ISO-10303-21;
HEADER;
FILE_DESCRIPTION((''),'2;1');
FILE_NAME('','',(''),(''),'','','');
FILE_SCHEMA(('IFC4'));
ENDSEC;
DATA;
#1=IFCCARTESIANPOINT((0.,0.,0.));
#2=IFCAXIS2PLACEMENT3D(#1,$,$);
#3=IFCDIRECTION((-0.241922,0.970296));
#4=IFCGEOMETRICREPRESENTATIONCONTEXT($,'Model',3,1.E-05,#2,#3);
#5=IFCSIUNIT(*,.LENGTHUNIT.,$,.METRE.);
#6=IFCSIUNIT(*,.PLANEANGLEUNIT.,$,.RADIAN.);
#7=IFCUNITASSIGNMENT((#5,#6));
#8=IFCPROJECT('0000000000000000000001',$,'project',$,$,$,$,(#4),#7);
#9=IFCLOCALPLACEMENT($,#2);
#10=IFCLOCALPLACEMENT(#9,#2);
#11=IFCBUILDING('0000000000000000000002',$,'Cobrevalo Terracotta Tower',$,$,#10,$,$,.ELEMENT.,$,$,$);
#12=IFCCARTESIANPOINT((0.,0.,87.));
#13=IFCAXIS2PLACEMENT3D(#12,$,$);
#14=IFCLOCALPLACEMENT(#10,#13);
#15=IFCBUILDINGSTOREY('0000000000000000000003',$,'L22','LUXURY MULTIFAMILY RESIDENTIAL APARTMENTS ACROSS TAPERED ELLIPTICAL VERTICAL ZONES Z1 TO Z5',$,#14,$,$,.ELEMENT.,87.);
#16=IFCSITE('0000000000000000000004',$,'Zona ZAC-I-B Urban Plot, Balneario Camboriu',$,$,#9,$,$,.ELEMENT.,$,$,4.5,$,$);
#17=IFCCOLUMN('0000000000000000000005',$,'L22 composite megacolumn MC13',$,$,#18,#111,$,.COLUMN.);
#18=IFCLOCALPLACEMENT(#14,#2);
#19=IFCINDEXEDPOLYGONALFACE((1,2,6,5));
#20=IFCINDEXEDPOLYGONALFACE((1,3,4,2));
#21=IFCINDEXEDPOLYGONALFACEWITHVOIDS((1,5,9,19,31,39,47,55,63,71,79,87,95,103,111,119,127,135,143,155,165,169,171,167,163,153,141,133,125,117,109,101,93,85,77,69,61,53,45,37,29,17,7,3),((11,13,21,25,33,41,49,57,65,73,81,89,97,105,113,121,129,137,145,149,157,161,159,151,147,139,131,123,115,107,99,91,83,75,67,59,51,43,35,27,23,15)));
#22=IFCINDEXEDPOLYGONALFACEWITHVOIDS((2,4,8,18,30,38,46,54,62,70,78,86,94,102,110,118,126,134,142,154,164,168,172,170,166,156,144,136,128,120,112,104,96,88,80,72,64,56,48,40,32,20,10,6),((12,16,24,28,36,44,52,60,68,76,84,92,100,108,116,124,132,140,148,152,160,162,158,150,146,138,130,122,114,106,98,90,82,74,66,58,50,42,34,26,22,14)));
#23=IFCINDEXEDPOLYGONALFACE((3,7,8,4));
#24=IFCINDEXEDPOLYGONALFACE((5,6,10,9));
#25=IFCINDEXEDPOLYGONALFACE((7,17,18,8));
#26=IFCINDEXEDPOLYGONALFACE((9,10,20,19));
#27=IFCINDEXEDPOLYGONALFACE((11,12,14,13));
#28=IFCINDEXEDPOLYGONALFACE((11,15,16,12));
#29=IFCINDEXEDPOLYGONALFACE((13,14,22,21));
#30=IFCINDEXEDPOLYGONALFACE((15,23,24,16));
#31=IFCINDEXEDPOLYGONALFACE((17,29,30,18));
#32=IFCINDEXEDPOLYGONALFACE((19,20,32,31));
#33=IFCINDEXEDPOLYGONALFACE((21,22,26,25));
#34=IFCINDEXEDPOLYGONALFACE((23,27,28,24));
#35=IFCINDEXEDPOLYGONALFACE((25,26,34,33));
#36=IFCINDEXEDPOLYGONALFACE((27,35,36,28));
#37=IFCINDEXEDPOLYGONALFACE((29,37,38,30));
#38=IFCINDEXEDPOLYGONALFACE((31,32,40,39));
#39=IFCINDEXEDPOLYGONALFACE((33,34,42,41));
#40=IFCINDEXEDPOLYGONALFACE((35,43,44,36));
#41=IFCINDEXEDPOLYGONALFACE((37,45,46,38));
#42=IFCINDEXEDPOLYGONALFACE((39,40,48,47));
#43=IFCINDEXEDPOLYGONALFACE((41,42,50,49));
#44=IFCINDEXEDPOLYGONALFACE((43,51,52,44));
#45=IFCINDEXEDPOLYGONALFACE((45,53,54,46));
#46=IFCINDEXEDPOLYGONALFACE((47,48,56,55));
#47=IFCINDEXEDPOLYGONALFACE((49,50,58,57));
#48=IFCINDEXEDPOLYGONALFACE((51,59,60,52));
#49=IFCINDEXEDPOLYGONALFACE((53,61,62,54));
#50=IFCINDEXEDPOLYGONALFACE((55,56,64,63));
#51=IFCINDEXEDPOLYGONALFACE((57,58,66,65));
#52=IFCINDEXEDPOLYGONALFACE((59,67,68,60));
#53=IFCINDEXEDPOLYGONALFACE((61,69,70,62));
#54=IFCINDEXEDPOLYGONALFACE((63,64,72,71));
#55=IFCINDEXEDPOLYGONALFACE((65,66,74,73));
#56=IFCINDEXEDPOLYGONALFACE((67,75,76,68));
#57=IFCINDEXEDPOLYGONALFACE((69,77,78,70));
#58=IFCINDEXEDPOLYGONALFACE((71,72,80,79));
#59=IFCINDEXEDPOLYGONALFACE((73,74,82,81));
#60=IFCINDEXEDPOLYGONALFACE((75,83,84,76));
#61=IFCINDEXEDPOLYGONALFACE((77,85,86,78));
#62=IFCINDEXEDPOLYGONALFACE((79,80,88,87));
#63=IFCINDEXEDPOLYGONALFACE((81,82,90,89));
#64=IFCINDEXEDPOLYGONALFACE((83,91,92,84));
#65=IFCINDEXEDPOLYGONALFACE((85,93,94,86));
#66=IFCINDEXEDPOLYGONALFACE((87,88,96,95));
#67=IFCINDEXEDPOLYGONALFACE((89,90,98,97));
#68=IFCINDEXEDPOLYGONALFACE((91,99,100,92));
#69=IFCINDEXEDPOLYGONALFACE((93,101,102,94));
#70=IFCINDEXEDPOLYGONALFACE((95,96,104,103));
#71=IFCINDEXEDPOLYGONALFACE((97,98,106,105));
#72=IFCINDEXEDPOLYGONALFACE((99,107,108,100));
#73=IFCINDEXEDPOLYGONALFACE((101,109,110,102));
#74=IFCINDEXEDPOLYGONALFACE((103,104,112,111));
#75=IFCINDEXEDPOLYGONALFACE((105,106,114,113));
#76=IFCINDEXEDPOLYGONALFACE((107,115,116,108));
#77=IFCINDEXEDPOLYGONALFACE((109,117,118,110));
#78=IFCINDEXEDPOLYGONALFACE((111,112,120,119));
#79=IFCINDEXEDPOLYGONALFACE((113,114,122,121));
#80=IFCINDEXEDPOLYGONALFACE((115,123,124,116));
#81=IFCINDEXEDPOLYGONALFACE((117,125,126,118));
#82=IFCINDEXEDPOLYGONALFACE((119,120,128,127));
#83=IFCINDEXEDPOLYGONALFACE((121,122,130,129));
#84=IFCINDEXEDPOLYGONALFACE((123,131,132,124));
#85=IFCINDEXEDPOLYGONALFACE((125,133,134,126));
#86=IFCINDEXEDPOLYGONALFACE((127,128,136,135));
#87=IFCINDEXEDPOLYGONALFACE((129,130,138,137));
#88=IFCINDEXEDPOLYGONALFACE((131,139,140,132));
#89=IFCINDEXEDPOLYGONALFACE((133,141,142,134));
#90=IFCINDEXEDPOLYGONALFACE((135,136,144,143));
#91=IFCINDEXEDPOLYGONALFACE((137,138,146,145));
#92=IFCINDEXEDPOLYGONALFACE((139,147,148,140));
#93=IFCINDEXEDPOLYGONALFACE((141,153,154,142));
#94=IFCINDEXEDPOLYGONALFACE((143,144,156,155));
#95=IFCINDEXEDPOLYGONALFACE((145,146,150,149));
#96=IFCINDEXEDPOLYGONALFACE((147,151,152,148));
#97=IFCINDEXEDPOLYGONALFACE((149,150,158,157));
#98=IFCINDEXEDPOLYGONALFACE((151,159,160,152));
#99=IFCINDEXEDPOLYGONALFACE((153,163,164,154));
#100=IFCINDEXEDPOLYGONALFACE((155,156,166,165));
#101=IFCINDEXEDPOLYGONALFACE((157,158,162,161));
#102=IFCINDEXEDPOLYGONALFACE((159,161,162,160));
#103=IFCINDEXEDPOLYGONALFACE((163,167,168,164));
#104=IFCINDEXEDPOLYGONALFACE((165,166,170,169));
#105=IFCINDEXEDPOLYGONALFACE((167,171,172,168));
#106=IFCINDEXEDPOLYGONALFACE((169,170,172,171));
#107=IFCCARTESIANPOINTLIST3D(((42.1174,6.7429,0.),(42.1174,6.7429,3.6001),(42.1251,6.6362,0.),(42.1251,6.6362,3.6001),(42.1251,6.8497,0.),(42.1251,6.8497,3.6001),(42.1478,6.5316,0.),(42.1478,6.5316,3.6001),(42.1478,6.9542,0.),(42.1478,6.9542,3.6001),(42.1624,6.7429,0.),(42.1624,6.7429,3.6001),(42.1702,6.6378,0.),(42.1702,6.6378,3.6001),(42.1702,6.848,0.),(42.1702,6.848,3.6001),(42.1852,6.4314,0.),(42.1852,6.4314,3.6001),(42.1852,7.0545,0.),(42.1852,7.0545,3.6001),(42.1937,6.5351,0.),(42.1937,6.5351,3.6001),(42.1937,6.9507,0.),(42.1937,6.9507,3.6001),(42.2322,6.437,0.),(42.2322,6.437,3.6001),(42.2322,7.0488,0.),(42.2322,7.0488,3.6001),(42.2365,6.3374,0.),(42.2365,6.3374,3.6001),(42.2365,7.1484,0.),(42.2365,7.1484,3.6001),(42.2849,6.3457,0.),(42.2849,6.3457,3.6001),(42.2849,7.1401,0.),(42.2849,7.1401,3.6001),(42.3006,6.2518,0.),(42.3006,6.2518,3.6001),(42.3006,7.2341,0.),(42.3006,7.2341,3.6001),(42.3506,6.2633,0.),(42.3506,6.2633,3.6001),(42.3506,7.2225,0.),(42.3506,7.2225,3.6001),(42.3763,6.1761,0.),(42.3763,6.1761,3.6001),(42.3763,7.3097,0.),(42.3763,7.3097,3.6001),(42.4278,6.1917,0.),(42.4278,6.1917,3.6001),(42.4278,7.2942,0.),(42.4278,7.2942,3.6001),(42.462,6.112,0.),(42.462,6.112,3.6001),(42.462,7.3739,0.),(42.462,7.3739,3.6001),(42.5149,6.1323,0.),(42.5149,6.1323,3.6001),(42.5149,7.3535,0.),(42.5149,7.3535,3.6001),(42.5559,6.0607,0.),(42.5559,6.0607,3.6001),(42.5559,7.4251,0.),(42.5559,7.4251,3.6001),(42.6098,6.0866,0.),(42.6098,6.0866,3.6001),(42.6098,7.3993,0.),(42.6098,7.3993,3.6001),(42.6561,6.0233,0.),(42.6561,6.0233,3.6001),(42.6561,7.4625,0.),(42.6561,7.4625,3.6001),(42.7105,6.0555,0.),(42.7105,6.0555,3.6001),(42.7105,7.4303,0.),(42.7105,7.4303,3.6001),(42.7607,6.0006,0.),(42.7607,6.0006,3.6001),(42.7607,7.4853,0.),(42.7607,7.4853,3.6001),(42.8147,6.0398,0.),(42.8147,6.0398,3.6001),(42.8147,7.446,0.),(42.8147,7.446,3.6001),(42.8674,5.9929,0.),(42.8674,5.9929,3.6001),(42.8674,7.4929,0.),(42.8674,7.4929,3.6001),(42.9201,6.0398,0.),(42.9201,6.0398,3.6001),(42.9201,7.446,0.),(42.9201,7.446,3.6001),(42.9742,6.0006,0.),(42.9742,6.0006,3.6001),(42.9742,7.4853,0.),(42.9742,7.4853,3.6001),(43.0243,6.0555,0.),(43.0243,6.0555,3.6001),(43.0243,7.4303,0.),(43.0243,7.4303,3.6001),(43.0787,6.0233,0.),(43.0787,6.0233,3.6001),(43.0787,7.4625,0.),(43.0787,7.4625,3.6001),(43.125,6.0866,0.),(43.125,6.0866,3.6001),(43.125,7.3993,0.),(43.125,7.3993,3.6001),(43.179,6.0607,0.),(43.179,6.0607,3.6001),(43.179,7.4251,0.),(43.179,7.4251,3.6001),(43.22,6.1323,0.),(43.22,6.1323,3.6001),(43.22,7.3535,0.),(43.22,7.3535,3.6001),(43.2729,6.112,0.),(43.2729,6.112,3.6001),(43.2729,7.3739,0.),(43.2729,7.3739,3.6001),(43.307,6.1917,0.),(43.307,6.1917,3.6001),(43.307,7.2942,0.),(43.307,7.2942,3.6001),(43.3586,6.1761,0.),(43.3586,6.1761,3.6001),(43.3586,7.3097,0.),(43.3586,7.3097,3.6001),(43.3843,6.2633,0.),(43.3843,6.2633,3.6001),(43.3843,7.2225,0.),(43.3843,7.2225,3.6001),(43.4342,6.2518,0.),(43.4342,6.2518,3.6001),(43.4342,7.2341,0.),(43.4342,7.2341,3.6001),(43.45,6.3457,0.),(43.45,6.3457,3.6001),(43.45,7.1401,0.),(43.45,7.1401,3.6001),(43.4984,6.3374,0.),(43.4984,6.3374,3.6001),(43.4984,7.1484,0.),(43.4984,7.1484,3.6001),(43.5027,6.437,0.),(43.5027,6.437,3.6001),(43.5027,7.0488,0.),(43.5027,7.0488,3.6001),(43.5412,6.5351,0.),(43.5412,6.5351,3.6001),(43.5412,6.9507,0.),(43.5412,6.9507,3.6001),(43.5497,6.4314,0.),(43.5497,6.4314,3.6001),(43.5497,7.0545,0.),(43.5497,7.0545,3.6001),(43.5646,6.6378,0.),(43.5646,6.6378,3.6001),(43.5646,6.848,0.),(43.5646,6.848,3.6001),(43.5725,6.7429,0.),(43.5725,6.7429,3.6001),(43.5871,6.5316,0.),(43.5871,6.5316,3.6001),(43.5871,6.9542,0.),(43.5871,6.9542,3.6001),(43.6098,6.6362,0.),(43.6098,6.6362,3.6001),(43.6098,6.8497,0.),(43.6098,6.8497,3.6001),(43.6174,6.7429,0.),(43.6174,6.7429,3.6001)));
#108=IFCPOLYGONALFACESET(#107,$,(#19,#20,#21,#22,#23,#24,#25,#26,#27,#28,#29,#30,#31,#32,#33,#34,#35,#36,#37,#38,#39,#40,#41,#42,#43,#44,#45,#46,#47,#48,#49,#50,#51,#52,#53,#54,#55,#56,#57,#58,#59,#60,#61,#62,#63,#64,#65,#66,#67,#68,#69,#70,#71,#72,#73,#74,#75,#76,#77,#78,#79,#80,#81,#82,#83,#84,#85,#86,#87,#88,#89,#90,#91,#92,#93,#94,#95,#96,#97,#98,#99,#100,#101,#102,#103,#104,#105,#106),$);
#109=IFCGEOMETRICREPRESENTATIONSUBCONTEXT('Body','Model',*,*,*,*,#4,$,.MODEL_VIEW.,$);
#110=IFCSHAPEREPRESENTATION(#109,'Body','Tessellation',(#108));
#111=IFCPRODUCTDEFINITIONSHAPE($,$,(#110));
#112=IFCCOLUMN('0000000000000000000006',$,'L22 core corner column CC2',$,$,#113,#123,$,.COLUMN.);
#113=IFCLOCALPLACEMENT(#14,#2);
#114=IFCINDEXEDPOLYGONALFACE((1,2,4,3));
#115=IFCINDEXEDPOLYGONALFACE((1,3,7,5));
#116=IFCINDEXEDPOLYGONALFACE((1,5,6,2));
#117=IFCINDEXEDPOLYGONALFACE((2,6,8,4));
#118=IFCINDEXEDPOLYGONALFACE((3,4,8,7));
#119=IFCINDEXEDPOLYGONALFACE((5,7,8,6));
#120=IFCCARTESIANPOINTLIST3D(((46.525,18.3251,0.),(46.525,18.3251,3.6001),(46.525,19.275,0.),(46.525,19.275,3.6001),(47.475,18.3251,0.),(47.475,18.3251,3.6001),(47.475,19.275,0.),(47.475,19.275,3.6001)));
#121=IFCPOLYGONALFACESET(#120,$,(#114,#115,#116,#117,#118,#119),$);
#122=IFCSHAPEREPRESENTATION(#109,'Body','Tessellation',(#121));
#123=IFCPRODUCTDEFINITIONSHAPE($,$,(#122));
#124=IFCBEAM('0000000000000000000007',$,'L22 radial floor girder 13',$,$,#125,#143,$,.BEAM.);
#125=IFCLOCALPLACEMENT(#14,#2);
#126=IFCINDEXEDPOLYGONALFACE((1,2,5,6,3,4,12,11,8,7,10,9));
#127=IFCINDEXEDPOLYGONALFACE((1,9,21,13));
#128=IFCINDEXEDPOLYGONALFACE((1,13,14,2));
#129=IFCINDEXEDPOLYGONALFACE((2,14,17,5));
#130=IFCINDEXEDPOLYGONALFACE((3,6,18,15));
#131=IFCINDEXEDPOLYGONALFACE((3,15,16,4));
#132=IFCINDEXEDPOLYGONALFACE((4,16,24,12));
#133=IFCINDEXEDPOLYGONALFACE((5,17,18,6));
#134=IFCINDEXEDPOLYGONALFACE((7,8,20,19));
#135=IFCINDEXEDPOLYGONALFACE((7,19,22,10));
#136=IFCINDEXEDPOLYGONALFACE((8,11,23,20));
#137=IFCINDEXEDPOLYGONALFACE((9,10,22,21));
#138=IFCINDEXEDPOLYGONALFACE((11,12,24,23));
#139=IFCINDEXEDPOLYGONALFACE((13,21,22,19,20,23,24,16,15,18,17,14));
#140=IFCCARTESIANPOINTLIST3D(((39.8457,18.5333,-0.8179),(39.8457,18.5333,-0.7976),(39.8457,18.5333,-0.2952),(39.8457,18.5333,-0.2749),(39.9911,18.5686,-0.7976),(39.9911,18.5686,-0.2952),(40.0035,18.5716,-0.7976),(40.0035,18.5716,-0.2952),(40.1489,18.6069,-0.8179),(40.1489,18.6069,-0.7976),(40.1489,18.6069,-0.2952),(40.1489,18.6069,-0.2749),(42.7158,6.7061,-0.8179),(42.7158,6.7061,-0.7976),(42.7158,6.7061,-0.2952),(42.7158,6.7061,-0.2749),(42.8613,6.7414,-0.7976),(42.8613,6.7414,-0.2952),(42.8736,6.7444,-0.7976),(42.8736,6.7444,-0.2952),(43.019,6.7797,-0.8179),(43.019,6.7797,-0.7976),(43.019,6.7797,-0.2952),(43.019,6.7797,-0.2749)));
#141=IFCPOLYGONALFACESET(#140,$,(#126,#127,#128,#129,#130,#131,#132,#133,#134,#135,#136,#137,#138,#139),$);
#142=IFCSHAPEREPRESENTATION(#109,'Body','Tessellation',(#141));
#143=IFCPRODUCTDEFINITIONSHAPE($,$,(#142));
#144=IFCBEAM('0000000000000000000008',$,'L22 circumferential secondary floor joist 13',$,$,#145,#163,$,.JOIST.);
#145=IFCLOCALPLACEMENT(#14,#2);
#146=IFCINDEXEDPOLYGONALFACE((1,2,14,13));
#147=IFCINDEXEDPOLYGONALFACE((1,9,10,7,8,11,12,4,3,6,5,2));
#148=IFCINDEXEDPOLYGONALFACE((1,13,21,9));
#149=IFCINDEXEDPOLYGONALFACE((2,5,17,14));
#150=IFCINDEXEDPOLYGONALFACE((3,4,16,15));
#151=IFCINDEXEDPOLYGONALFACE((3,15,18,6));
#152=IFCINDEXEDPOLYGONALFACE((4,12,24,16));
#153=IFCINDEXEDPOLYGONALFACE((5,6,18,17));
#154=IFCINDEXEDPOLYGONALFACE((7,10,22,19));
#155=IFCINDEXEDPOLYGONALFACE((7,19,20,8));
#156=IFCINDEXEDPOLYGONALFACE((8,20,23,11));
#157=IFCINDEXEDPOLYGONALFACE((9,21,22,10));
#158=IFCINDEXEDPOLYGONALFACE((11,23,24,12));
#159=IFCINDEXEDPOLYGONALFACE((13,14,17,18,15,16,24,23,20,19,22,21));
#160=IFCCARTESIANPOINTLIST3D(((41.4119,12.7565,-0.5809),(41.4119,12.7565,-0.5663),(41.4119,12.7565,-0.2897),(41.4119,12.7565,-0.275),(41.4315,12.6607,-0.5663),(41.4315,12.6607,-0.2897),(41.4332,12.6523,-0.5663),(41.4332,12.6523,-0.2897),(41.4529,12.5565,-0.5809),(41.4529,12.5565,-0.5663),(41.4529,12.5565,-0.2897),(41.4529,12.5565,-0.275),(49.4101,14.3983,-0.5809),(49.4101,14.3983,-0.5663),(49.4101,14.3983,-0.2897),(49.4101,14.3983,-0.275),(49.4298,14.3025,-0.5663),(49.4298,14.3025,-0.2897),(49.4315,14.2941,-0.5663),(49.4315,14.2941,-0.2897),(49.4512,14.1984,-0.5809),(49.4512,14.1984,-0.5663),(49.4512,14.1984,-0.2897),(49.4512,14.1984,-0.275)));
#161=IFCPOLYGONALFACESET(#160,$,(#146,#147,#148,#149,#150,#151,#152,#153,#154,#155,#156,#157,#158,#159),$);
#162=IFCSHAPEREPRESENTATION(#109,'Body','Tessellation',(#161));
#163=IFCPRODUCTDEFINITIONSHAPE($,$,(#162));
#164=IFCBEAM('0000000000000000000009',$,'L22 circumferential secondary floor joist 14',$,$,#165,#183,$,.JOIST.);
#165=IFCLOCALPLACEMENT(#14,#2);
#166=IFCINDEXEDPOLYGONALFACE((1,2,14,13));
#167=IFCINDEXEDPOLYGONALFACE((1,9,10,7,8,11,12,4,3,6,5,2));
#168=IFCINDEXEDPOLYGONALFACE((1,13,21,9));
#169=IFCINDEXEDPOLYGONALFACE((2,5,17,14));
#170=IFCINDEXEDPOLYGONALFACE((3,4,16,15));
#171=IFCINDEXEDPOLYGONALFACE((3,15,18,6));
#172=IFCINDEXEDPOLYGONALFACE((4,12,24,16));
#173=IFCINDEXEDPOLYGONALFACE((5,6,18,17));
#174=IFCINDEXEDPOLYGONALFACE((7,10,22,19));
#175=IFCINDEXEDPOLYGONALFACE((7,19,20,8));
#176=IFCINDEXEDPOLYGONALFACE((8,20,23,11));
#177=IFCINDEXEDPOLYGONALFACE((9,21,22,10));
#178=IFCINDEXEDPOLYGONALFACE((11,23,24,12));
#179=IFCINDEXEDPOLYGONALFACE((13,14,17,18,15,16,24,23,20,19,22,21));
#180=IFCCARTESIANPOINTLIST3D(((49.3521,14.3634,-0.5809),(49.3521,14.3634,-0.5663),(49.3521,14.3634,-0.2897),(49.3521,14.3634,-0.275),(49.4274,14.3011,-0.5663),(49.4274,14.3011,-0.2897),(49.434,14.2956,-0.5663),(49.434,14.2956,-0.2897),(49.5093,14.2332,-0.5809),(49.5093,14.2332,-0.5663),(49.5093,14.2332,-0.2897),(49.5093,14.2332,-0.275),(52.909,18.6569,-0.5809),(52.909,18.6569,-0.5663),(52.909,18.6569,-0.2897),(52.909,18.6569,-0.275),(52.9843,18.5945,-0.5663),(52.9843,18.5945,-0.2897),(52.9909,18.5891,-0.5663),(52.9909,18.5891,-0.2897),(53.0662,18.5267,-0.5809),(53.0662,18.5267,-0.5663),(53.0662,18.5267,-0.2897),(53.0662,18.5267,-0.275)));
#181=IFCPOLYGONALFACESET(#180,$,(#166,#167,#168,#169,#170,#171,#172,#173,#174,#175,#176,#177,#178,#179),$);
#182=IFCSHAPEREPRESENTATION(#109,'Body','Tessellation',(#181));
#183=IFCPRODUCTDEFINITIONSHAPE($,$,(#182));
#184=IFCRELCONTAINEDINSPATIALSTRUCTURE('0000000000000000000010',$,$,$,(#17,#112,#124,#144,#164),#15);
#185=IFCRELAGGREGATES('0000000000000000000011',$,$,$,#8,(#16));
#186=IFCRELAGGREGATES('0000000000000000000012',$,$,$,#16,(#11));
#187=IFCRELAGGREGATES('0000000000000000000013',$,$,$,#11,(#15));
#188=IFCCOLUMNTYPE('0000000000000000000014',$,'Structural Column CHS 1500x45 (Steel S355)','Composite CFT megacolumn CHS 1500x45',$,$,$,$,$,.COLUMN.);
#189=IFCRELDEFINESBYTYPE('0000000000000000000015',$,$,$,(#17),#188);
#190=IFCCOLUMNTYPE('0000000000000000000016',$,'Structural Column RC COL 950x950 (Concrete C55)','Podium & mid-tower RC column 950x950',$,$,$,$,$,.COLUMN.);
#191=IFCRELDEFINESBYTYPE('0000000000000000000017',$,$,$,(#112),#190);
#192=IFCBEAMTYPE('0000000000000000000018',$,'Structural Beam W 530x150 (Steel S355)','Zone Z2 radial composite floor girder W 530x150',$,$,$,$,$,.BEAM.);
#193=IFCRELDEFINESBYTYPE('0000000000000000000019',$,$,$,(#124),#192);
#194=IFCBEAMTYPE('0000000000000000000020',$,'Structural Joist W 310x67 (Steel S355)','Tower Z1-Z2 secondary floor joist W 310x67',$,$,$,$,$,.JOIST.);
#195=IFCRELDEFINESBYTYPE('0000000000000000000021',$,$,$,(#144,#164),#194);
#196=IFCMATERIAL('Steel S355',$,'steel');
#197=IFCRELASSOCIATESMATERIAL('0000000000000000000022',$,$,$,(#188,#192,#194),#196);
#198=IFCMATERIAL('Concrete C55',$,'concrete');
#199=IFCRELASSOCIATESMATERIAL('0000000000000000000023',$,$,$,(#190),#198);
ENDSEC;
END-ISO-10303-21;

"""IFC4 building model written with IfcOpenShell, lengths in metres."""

from ifc_helpers import new_model, si_unit, direction, frame, origin, origin_2d, place, context, subcontext, project, spatial, rectangle, hollow_circle, i_section, extrude, material, material_profile, profile_set, type_object, element, save


model = new_model("IFC4")

# Units and contexts
model_context = context("Model", 3, precision=1e-05, world=origin(), true_north=direction((-0.241922, 0.970296)))
body_context = subcontext(model_context, "Body", "Model", "MODEL_VIEW")
ifc_project = project(units=[si_unit("LENGTHUNIT", "METRE"), si_unit("PLANEANGLEUNIT", "RADIAN")], contexts=[model_context])

# Site, building, storey
site_placement = place(None, origin())
site = spatial("IfcSite", under=ifc_project, at=site_placement, Name="Zona ZAC-I-B Urban Plot, Balneario Camboriu", CompositionType="ELEMENT", RefElevation=4.5)
building_placement = place(site_placement, origin())
building = spatial("IfcBuilding", under=site, at=building_placement, Name="Cobrevalo Terracotta Tower", CompositionType="ELEMENT")
storey_placement = place(building_placement, frame((0.0, 0.0, 87.0)))
storey = spatial("IfcBuildingStorey", under=building, at=storey_placement, Name="L22", Description="LUXURY MULTIFAMILY RESIDENTIAL APARTMENTS ACROSS TAPERED ELLIPTICAL VERTICAL ZONES Z1 TO Z5", CompositionType="ELEMENT", Elevation=87.0)

# Columns
ifc_material_1 = material(Name="Steel S355", Category="steel")
ifc_material_profile_1 = material_profile(ifc_material_1, hollow_circle(Radius=0.75, WallThickness=0.0449, at=origin_2d()), Name="CHS 1500x45")
ifc_profile_set_1 = profile_set([ifc_material_profile_1], Name="Steel S355")
column_type_1 = type_object("IfcColumnType", Name="Structural Column CHS 1500x45 (Steel S355)", Description="Composite CFT megacolumn CHS 1500x45", PredefinedType="COLUMN", material=ifc_profile_set_1)
column_1_placement = place(storey_placement, frame((42.8674, 6.7429, 0.0), z_axis=(0.0, 0.0, 1.0), x_axis=(1.0, 0.0, 0.0)))
element("IfcColumn", 1, at=column_1_placement, inside=storey, type_object=column_type_1, Name="L22 composite megacolumn MC13", PredefinedType="COLUMN", context=body_context, shape_type="SweptSolid", body=[
    extrude(hollow_circle(Radius=0.75, WallThickness=0.0449, at=origin_2d()), origin(), (0.0, 0.0, 1.0), 3.6001),
])
ifc_material_2 = material(Name="Concrete C55", Category="concrete")
ifc_material_profile_2 = material_profile(ifc_material_2, rectangle(XDim=0.95, YDim=0.95, at=origin_2d()), Name="RC COL 950x950")
ifc_profile_set_2 = profile_set([ifc_material_profile_2], Name="Concrete C55")
column_type_2 = type_object("IfcColumnType", Name="Structural Column RC COL 950x950 (Concrete C55)", Description="Podium & mid-tower RC column 950x950", PredefinedType="COLUMN", material=ifc_profile_set_2)
column_2_placement = place(storey_placement, frame((47.0, 18.8, 0.0), z_axis=(0.0, 0.0, 1.0), x_axis=(1.0, 0.0, 0.0)))
element("IfcColumn", 2, at=column_2_placement, inside=storey, type_object=column_type_2, Name="L22 core corner column CC2", PredefinedType="COLUMN", context=body_context, shape_type="SweptSolid", body=[
    extrude(rectangle(XDim=0.95, YDim=0.95, at=origin_2d()), origin(), (0.0, 0.0, 1.0), 3.6001),
])

# Beams
ifc_material_profile_3 = material_profile(ifc_material_1, i_section(OverallWidth=0.312, OverallDepth=0.543, WebThickness=0.0127, FlangeThickness=0.0203, at=origin_2d()), Name="W 530x150")
ifc_profile_set_3 = profile_set([ifc_material_profile_3], Name="Steel S355")
beam_type_1 = type_object("IfcBeamType", Name="Structural Beam W 530x150 (Steel S355)", Description="Zone Z2 radial composite floor girder W 530x150", PredefinedType="BEAM", material=ifc_profile_set_3)
beam_1_placement = place(storey_placement, frame((42.8674, 6.7429, -0.5464), z_axis=(-0.235827, 0.971795, 0.0), x_axis=(-0.971795, -0.235827, 0.0)))
element("IfcBeam", 3, at=beam_1_placement, inside=storey, type_object=beam_type_1, Name="L22 radial floor girder 13", PredefinedType="BEAM", context=body_context, shape_type="SweptSolid", body=[
    extrude(i_section(OverallWidth=0.312, OverallDepth=0.543, WebThickness=0.0127, FlangeThickness=0.0203, at=origin_2d()), origin(), (0.0, 0.0, 1.0), 12.1704),
])
ifc_material_profile_4 = material_profile(ifc_material_1, i_section(OverallWidth=0.2041, OverallDepth=0.3059, WebThickness=0.0085, FlangeThickness=0.0146, at=origin_2d()), Name="W 310x67")
ifc_profile_set_4 = profile_set([ifc_material_profile_4], Name="Steel S355")
beam_type_2 = type_object("IfcBeamType", Name="Structural Joist W 310x67 (Steel S355)", Description="Tower Z1-Z2 secondary floor joist W 310x67", PredefinedType="JOIST", material=ifc_profile_set_4)
beam_2_placement = place(storey_placement, frame((41.4324, 12.6565, -0.428), z_axis=(0.979574, 0.201082, 0.0), x_axis=(-0.201082, 0.979574, 0.0)))
element("IfcBeam", 4, at=beam_2_placement, inside=storey, type_object=beam_type_2, Name="L22 circumferential secondary floor joist 13", PredefinedType="JOIST", context=body_context, shape_type="SweptSolid", body=[
    extrude(i_section(OverallWidth=0.2041, OverallDepth=0.3059, WebThickness=0.0085, FlangeThickness=0.0146, at=origin_2d()), origin(), (0.0, 0.0, 1.0), 8.165),
])
beam_3_placement = place(storey_placement, frame((49.4307, 14.2983, -0.428), z_axis=(0.637959, 0.77007, 0.0), x_axis=(-0.77007, 0.637959, 0.0)))
element("IfcBeam", 5, at=beam_3_placement, inside=storey, type_object=beam_type_2, Name="L22 circumferential secondary floor joist 14", PredefinedType="JOIST", context=body_context, shape_type="SweptSolid", body=[
    extrude(i_section(OverallWidth=0.2041, OverallDepth=0.3059, WebThickness=0.0085, FlangeThickness=0.0146, at=origin_2d()), origin(), (0.0, 0.0, 1.0), 5.5754),
])

save(model, "model.ifc")
